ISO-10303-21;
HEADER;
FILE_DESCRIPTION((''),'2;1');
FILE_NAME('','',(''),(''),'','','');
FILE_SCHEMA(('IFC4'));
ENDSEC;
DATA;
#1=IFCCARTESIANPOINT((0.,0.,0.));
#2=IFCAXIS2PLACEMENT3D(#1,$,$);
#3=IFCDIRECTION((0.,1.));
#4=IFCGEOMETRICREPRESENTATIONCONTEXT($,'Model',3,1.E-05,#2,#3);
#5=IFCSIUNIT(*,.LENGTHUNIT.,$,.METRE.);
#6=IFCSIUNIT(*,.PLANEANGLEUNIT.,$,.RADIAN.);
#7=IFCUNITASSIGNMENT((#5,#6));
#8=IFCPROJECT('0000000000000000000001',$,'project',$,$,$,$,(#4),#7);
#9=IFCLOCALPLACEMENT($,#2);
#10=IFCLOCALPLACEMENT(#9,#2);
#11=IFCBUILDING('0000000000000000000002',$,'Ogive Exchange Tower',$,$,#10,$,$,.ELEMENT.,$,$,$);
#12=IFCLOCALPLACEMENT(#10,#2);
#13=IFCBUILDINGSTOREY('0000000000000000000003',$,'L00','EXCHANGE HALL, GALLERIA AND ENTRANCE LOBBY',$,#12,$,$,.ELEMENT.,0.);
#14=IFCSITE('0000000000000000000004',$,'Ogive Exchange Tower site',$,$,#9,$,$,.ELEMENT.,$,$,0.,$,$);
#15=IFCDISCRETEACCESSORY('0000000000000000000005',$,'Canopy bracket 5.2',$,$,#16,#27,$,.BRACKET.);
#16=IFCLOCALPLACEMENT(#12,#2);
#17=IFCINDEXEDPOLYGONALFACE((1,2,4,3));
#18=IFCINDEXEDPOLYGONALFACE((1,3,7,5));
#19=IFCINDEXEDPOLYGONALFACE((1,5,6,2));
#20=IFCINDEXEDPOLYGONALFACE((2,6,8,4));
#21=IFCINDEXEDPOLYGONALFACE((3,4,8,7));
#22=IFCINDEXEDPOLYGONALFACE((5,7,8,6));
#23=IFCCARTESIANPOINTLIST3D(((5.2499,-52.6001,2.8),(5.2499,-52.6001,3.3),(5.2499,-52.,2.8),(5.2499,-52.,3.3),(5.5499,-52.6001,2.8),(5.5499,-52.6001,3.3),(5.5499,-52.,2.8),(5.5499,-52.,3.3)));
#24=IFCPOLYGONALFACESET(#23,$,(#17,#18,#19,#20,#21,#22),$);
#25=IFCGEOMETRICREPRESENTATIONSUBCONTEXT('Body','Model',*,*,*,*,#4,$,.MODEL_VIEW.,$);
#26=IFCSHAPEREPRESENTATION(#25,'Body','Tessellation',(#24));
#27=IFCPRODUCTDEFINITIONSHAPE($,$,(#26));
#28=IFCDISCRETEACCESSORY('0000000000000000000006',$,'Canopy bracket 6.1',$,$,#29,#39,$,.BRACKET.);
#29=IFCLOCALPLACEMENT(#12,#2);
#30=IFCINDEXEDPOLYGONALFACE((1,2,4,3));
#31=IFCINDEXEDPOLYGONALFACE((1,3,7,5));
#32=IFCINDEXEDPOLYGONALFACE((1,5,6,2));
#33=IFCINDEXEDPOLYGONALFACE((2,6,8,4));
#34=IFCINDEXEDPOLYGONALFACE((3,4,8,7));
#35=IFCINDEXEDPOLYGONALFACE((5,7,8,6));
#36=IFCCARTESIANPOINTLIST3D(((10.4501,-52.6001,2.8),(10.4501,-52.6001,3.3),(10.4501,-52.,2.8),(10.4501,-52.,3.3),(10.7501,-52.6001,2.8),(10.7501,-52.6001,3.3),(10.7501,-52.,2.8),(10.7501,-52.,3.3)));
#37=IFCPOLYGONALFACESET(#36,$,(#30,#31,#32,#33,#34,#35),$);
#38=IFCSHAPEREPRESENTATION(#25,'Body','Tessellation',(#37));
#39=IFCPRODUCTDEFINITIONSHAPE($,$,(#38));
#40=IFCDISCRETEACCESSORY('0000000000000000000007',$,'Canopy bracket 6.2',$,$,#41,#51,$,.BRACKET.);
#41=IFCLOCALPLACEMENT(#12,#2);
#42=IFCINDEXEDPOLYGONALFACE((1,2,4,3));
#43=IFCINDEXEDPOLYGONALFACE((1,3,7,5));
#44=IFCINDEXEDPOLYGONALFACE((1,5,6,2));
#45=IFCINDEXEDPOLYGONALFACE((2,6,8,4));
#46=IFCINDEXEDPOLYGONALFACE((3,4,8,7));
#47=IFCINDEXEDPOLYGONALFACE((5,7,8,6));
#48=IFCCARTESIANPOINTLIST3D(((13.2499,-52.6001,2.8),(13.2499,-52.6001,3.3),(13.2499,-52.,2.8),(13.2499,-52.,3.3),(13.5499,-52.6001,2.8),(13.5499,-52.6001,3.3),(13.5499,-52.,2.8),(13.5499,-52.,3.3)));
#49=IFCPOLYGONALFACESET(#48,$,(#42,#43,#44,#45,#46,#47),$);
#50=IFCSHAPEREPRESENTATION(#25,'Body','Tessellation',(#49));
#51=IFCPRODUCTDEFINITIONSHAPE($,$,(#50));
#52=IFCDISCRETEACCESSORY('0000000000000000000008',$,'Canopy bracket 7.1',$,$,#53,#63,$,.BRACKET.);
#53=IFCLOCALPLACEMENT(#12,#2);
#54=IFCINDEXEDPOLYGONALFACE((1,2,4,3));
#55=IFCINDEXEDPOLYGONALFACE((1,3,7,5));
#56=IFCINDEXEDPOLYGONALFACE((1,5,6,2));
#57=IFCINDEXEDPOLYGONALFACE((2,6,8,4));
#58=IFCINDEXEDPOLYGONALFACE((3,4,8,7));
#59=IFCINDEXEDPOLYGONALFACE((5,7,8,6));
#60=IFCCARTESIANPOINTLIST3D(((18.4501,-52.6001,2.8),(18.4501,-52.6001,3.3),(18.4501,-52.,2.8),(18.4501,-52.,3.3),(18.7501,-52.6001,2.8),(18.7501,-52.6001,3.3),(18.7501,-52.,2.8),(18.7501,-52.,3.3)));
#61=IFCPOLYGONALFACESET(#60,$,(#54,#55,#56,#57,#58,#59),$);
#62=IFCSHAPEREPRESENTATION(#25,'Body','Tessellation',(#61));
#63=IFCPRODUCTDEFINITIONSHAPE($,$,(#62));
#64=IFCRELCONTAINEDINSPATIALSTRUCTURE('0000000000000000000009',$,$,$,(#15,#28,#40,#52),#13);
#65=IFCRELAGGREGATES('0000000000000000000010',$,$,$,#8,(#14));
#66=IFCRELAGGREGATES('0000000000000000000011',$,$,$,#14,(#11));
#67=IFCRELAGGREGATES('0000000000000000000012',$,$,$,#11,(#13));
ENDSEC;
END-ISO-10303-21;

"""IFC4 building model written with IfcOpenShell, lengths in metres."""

from ifc_helpers import new_model, si_unit, direction, frame, origin, origin_2d, place, context, subcontext, project, spatial, rectangle, extrude, element, save


model = new_model("IFC4")

# Units and contexts
model_context = context("Model", 3, precision=1e-05, world=origin(), true_north=direction((0.0, 1.0)))
body_context = subcontext(model_context, "Body", "Model", "MODEL_VIEW")
ifc_project = project(units=[si_unit("LENGTHUNIT", "METRE"), si_unit("PLANEANGLEUNIT", "RADIAN")], contexts=[model_context])

# Site, building, storey
site_placement = place(None, origin())
site = spatial("IfcSite", under=ifc_project, at=site_placement, Name="Ogive Exchange Tower site", CompositionType="ELEMENT", RefElevation=0.0)
building_placement = place(site_placement, origin())
building = spatial("IfcBuilding", under=site, at=building_placement, Name="Ogive Exchange Tower", CompositionType="ELEMENT")
storey_placement = place(building_placement, origin())
storey = spatial("IfcBuildingStorey", under=building, at=storey_placement, Name="L00", Description="EXCHANGE HALL, GALLERIA AND ENTRANCE LOBBY", CompositionType="ELEMENT", Elevation=0.0)

# Discrete accessories
for number, where, z_axis, x_axis, name in (
    (1, (5.3999, -52.3, 2.8), (0.0, 0.0, 1.0), (1.0, 0.0, 0.0), "Canopy bracket 5.2"),
    (2, (10.6001, -52.3, 2.8), (0.0, 0.0, 1.0), (1.0, 0.0, 0.0), "Canopy bracket 6.1"),
    (3, (13.3999, -52.3, 2.8), (0.0, 0.0, 1.0), (1.0, 0.0, 0.0), "Canopy bracket 6.2"),
    (4, (18.6001, -52.3, 2.8), (0.0, 0.0, 1.0), (1.0, 0.0, 0.0), "Canopy bracket 7.1"),
):
    element("IfcDiscreteAccessory", number, at=place(storey_placement, frame(where, z_axis=z_axis, x_axis=x_axis)), inside=storey, Name=name, PredefinedType="BRACKET", context=body_context, shape_type="SweptSolid", body=[
        extrude(rectangle(XDim=0.3, YDim=0.6001, at=origin_2d()), origin(), (0.0, 0.0, 1.0), 0.5),
    ])

save(model, "model.ifc")
